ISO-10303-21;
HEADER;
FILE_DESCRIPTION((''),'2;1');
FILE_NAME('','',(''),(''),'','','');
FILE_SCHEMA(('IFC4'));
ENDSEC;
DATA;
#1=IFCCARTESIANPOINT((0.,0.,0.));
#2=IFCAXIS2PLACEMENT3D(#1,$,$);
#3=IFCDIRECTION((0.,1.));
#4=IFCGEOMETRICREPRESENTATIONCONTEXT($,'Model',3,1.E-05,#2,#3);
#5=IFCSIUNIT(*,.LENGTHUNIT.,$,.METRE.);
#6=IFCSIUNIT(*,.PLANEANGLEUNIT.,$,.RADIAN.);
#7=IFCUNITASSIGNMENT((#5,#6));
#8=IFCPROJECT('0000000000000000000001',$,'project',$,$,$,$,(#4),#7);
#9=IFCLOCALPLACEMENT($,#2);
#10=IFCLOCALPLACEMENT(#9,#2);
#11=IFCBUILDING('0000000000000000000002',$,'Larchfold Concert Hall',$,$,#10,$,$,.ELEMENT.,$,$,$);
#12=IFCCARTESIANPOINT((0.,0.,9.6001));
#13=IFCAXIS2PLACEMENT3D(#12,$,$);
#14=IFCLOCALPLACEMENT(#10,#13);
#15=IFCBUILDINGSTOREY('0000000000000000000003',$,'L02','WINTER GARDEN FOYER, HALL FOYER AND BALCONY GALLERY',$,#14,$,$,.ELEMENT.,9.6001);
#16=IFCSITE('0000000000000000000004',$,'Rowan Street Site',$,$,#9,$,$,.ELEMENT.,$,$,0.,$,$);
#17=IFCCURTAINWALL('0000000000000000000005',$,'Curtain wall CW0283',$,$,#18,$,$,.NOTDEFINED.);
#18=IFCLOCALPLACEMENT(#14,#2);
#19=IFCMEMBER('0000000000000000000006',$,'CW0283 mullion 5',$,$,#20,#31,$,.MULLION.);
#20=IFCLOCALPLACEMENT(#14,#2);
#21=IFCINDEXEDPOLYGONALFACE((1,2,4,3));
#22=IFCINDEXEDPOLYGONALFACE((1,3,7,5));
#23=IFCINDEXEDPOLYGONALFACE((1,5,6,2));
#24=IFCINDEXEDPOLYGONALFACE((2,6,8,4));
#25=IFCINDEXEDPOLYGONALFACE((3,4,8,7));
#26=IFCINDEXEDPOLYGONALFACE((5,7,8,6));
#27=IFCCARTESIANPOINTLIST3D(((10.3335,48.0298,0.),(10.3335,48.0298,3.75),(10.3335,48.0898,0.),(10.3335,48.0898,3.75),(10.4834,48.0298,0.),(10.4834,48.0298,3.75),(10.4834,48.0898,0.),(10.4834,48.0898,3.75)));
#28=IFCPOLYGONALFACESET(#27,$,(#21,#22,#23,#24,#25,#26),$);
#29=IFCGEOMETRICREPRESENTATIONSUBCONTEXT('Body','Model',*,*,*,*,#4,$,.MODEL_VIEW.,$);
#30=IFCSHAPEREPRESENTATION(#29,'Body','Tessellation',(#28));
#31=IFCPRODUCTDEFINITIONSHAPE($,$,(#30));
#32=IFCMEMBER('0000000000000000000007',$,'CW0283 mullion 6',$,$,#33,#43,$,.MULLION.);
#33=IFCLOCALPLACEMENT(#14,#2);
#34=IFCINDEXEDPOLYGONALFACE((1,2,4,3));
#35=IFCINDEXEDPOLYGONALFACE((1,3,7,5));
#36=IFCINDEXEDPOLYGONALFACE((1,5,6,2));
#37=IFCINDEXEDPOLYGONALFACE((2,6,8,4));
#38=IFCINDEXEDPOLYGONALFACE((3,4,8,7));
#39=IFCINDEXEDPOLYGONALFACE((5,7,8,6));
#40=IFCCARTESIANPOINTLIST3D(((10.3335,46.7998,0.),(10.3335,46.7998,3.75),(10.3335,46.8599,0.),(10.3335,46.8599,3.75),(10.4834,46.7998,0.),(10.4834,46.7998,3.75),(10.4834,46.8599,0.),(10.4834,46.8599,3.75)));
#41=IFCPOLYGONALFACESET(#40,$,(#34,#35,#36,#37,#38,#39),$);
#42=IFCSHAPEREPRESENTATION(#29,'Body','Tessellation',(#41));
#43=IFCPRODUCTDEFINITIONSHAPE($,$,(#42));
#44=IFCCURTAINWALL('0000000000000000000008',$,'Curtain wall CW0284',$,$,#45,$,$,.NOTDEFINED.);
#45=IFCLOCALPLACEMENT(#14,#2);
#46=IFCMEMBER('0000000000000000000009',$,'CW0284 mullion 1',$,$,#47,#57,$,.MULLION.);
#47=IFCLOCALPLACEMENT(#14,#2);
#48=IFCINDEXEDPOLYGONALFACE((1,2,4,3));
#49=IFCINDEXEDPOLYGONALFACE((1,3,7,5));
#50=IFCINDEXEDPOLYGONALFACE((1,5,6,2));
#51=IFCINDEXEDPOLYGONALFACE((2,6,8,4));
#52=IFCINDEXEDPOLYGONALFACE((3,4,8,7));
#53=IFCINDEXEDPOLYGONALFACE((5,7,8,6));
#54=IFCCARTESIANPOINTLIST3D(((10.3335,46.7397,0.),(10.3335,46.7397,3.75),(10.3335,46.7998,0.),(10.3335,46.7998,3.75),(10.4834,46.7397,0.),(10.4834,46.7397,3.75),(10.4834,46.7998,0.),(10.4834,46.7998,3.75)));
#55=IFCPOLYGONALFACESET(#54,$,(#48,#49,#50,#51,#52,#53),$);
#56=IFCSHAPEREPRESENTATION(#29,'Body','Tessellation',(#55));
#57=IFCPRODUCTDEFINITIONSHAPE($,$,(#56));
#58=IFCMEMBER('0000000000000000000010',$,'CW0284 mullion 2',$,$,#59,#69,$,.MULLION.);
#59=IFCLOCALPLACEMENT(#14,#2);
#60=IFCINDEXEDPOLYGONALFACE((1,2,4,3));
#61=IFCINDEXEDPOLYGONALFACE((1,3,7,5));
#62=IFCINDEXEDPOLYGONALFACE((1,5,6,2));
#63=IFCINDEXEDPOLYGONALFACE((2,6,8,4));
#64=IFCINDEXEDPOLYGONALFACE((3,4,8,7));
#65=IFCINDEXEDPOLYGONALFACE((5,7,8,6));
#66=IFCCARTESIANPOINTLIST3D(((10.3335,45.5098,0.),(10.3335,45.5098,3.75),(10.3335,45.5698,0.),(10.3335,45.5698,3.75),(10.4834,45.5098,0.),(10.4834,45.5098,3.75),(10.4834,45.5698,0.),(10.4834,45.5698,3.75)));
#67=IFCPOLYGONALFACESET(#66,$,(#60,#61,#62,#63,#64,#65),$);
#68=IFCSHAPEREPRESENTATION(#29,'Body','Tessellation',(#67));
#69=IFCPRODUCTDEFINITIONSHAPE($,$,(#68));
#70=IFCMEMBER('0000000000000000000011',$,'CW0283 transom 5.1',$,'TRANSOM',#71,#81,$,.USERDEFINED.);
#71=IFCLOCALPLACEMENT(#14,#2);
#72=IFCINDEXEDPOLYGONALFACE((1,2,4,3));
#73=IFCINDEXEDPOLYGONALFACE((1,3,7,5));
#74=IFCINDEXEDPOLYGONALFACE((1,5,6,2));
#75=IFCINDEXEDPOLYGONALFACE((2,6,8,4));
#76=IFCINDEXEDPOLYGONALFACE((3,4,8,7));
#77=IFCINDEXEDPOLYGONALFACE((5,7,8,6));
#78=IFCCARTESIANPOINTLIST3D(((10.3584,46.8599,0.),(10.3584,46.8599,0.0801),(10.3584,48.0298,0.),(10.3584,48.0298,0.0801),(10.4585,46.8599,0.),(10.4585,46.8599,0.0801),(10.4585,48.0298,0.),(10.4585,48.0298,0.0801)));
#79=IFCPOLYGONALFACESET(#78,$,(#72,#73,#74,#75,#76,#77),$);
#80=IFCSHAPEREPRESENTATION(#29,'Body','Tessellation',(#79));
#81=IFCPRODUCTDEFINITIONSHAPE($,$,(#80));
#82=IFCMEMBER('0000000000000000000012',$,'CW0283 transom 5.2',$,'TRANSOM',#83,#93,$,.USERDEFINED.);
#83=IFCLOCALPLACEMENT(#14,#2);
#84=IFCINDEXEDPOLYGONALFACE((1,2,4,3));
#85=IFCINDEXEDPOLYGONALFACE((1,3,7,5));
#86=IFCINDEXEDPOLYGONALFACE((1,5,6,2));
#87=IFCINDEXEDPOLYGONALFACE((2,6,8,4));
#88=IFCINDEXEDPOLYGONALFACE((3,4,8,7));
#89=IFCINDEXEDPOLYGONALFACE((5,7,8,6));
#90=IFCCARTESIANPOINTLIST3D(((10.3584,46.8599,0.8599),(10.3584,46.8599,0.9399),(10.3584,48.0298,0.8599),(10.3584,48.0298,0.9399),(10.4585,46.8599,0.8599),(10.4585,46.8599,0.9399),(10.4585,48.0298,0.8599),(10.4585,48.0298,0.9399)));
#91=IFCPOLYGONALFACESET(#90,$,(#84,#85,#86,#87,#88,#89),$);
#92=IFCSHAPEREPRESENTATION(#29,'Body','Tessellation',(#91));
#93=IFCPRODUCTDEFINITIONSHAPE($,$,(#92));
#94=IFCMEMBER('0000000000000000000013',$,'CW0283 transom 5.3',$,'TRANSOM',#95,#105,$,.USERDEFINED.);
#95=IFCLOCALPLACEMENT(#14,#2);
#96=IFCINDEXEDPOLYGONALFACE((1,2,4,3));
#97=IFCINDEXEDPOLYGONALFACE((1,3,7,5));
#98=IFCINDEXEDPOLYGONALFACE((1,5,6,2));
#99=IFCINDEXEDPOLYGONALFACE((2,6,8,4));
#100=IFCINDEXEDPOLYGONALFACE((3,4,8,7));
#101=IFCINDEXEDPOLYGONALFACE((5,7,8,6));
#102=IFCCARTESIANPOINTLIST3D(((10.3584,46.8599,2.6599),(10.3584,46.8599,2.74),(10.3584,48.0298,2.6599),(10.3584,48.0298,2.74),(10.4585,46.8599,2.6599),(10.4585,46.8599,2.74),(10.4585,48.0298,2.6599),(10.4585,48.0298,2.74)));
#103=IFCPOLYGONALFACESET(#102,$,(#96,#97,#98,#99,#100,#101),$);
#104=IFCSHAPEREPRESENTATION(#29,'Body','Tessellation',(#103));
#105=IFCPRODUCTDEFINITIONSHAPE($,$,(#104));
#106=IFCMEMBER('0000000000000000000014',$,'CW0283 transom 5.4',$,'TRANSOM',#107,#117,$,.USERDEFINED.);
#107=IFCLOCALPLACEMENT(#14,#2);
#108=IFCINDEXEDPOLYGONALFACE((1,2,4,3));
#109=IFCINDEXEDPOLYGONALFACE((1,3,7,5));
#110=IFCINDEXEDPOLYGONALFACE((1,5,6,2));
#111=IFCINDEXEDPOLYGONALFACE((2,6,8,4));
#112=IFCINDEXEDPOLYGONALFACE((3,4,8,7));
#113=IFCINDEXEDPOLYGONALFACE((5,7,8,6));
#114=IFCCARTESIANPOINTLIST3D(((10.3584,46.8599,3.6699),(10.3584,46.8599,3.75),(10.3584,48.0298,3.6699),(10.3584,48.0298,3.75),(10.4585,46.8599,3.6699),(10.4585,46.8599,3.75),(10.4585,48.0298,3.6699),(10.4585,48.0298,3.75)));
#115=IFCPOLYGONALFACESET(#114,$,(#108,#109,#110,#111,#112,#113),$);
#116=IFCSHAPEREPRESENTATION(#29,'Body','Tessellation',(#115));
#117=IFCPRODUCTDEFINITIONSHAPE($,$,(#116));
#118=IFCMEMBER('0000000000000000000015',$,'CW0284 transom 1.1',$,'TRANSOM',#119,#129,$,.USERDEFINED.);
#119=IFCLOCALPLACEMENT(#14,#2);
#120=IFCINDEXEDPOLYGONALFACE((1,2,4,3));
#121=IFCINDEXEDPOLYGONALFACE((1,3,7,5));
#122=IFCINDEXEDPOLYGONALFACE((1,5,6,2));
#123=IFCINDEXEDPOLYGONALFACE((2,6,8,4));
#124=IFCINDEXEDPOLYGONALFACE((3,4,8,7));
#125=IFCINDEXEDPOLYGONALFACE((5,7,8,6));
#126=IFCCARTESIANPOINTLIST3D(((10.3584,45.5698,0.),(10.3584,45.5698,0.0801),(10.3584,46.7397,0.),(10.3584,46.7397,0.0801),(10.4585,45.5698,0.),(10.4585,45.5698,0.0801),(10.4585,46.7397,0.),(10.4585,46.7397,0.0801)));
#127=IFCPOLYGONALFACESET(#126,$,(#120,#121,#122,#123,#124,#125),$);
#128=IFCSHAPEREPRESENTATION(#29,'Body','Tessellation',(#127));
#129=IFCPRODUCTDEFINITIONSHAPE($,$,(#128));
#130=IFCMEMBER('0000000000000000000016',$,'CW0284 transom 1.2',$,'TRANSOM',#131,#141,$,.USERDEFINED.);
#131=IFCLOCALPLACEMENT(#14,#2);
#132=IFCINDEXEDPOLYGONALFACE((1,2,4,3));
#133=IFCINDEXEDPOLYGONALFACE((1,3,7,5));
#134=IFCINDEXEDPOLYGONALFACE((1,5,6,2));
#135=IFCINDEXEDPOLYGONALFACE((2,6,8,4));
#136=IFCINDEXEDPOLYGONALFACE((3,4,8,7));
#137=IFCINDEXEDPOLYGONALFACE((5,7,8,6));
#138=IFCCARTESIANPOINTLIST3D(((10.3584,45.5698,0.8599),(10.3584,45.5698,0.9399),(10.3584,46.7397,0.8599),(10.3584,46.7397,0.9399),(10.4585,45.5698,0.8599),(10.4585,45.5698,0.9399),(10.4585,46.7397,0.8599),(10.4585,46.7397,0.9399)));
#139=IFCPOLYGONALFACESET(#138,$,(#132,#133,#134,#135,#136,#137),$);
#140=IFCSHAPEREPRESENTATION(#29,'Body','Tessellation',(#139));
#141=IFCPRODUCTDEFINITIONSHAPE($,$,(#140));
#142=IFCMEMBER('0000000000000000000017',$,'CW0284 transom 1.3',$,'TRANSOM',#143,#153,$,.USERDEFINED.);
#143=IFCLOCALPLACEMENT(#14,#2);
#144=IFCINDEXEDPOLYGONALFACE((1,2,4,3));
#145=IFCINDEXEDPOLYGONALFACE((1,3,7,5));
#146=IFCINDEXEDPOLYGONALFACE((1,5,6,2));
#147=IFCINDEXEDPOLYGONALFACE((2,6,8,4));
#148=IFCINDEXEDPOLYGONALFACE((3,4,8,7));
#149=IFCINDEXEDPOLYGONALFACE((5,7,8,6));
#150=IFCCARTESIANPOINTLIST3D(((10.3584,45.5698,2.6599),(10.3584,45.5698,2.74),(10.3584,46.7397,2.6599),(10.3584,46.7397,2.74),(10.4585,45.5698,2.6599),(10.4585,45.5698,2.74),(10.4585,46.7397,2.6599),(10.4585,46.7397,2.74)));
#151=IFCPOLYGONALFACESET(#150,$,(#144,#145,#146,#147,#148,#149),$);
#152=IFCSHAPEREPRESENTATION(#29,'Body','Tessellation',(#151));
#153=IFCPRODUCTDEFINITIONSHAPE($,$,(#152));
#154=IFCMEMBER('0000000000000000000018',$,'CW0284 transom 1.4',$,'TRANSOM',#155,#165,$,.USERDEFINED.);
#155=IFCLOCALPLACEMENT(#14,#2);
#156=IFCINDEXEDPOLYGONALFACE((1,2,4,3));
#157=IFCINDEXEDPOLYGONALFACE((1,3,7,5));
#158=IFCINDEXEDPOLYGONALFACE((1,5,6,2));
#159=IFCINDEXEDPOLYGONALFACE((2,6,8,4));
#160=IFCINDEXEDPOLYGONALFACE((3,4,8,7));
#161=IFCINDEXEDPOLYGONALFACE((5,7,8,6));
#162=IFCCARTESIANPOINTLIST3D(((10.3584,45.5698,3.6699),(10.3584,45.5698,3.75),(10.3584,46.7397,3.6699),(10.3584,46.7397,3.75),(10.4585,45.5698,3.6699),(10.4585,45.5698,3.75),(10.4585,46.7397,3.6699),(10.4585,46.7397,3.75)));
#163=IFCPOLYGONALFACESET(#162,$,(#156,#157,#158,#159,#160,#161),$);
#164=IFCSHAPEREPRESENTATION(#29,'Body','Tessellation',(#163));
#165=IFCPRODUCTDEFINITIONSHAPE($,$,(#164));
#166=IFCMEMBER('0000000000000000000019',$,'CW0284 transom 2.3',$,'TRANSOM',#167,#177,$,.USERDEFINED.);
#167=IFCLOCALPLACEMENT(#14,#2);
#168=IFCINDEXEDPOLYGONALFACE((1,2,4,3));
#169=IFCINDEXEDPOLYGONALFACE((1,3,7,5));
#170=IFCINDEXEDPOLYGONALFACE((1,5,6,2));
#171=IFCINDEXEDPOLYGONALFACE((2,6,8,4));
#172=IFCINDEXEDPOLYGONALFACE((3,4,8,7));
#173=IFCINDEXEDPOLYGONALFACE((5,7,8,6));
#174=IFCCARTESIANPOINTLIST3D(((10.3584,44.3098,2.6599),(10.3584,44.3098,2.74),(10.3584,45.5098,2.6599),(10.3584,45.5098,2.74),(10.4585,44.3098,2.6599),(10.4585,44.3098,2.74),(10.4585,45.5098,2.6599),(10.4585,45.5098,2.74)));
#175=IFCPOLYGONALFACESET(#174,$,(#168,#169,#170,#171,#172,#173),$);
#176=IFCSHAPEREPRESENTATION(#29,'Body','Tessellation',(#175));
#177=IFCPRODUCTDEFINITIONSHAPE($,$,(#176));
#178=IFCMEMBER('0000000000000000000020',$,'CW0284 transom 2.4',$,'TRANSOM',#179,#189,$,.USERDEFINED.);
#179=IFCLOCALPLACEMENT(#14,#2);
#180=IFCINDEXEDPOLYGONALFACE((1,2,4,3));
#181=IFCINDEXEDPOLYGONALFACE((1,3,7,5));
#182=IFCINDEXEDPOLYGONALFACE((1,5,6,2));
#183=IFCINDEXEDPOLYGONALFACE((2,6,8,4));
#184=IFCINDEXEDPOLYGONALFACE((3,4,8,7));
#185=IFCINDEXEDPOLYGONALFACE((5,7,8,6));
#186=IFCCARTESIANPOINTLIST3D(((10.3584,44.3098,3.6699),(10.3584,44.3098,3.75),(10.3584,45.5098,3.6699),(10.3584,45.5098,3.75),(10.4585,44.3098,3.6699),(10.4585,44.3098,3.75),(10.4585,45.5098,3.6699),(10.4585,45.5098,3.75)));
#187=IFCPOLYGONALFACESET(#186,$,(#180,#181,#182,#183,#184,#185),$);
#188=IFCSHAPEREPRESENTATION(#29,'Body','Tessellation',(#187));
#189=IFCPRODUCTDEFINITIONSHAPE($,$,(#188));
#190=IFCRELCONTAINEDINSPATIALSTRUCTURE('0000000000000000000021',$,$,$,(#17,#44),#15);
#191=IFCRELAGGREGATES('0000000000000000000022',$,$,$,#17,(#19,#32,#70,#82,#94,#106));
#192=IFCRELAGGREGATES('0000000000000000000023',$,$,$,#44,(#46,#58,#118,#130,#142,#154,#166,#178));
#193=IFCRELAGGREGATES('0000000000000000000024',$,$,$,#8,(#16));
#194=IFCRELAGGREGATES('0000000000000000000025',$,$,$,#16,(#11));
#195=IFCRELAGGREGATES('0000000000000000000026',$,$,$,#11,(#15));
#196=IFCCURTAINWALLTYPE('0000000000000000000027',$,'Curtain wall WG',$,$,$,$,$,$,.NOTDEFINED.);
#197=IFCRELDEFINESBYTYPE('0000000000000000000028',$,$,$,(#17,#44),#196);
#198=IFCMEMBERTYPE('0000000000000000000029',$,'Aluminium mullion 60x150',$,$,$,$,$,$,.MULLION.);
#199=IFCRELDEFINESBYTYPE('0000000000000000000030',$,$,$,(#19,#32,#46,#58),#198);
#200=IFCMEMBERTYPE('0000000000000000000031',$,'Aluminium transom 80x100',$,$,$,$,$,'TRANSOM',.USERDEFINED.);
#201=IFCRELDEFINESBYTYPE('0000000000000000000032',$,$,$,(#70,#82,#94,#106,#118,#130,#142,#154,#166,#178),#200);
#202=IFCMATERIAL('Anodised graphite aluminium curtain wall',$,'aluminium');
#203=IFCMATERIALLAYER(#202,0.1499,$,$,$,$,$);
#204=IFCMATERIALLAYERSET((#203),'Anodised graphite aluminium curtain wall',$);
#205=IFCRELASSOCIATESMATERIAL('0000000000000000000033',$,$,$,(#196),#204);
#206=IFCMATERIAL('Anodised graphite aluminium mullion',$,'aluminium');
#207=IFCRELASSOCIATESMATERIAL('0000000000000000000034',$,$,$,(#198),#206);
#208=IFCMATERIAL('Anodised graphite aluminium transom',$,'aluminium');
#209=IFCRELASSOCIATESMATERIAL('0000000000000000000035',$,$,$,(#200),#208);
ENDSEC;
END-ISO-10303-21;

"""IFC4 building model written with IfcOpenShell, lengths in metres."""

from ifc_helpers import new_model, si_unit, direction, frame, origin, origin_2d, place, context, subcontext, project, spatial, rectangle, extrude, material, layer, layer_set, material_profile, profile_set, type_object, element, aggregate, save


model = new_model("IFC4")

# Units and contexts
model_context = context("Model", 3, precision=1e-05, world=origin(), true_north=direction((0.0, 1.0)))
body_context = subcontext(model_context, "Body", "Model", "MODEL_VIEW")
ifc_project = project(units=[si_unit("LENGTHUNIT", "METRE"), si_unit("PLANEANGLEUNIT", "RADIAN")], contexts=[model_context])

# Site, building, storey
site_placement = place(None, origin())
site = spatial("IfcSite", under=ifc_project, at=site_placement, Name="Rowan Street Site", CompositionType="ELEMENT", RefElevation=0.0)
building_placement = place(site_placement, origin())
building = spatial("IfcBuilding", under=site, at=building_placement, Name="Larchfold Concert Hall", CompositionType="ELEMENT")
storey_placement = place(building_placement, frame((0.0, 0.0, 9.6001)))
storey = spatial("IfcBuildingStorey", under=building, at=storey_placement, Name="L02", Description="WINTER GARDEN FOYER, HALL FOYER AND BALCONY GALLERY", CompositionType="ELEMENT", Elevation=9.6001)

# Curtain walls, members
ifc_material_1 = material(Name="Anodised graphite aluminium curtain wall", Category="aluminium")
ifc_layer_1 = layer(ifc_material_1, 0.1499)
ifc_layer_set_1 = layer_set([ifc_layer_1], Name="Anodised graphite aluminium curtain wall")
curtain_wall_type = type_object("IfcCurtainWallType", Name="Curtain wall WG", PredefinedType="NOTDEFINED", material=ifc_layer_set_1)
curtain_wall_1_placement = place(storey_placement, origin())
curtain_wall_1 = element("IfcCurtainWall", 1, at=curtain_wall_1_placement, inside=storey, type_object=curtain_wall_type, Name="Curtain wall CW0283", PredefinedType="NOTDEFINED")
ifc_material_2 = material(Name="Anodised graphite aluminium mullion", Category="aluminium")
ifc_material_profile_1 = material_profile(ifc_material_2, rectangle(XDim=0.1499, YDim=0.0601, at=origin_2d()))
ifc_profile_set_1 = profile_set([ifc_material_profile_1], Name="Anodised graphite aluminium mullion")
member_type_1 = type_object("IfcMemberType", Name="Aluminium mullion 60x150", PredefinedType="MULLION", material=ifc_profile_set_1)
member_1_placement = place(storey_placement, frame((10.4084, 48.0598, 0.0), z_axis=(0.0, 0.0, 1.0), x_axis=(1.0, 0.0, 0.0)))
member_1 = element("IfcMember", 2, at=member_1_placement, type_object=member_type_1, Name="CW0283 mullion 5", PredefinedType="MULLION", context=body_context, shape_type="SweptSolid", body=[
    extrude(rectangle(XDim=0.1499, YDim=0.0601, at=origin_2d()), origin(), (0.0, 0.0, 1.0), 3.75),
])
member_2_placement = place(storey_placement, frame((10.4084, 46.8298, 0.0), z_axis=(0.0, 0.0, 1.0), x_axis=(1.0, 0.0, 0.0)))
member_2 = element("IfcMember", 3, at=member_2_placement, type_object=member_type_1, Name="CW0283 mullion 6", PredefinedType="MULLION", context=body_context, shape_type="SweptSolid", body=[
    extrude(rectangle(XDim=0.1499, YDim=0.0601, at=origin_2d()), origin(), (0.0, 0.0, 1.0), 3.75),
])
curtain_wall_2_placement = place(storey_placement, origin())
curtain_wall_2 = element("IfcCurtainWall", 4, at=curtain_wall_2_placement, inside=storey, type_object=curtain_wall_type, Name="Curtain wall CW0284", PredefinedType="NOTDEFINED")
member_3_placement = place(storey_placement, frame((10.4084, 46.7698, 0.0), z_axis=(0.0, 0.0, 1.0), x_axis=(1.0, 0.0, 0.0)))
member_3 = element("IfcMember", 5, at=member_3_placement, type_object=member_type_1, Name="CW0284 mullion 1", PredefinedType="MULLION", context=body_context, shape_type="SweptSolid", body=[
    extrude(rectangle(XDim=0.1499, YDim=0.0601, at=origin_2d()), origin(), (0.0, 0.0, 1.0), 3.75),
])
member_4_placement = place(storey_placement, frame((10.4084, 45.5398, 0.0), z_axis=(0.0, 0.0, 1.0), x_axis=(1.0, 0.0, 0.0)))
member_4 = element("IfcMember", 6, at=member_4_placement, type_object=member_type_1, Name="CW0284 mullion 2", PredefinedType="MULLION", context=body_context, shape_type="SweptSolid", body=[
    extrude(rectangle(XDim=0.1499, YDim=0.0601, at=origin_2d()), origin(), (0.0, 0.0, 1.0), 3.75),
])

# Members
ifc_material_3 = material(Name="Anodised graphite aluminium transom", Category="aluminium")
ifc_material_profile_2 = material_profile(ifc_material_3, rectangle(XDim=0.1001, YDim=0.0801, at=origin_2d()))
ifc_profile_set_2 = profile_set([ifc_material_profile_2], Name="Anodised graphite aluminium transom")
member_type_2 = type_object("IfcMemberType", Name="Aluminium transom 80x100", ElementType="TRANSOM", PredefinedType="USERDEFINED", material=ifc_profile_set_2)
member_5_placement = place(storey_placement, frame((10.4084, 48.0298, 0.04), z_axis=(0.0, -1.0, 0.0), x_axis=(1.0, 0.0, 0.0)))
member_5 = element("IfcMember", 7, at=member_5_placement, type_object=member_type_2, Name="CW0283 transom 5.1", ObjectType="TRANSOM", PredefinedType="USERDEFINED", context=body_context, shape_type="SweptSolid", body=[
    extrude(rectangle(XDim=0.1001, YDim=0.0801, at=origin_2d()), origin(), (0.0, 0.0, 1.0), 1.1699),
])
member_6_placement = place(storey_placement, frame((10.4084, 48.0298, 0.8999), z_axis=(0.0, -1.0, 0.0), x_axis=(1.0, 0.0, 0.0)))
member_6 = element("IfcMember", 8, at=member_6_placement, type_object=member_type_2, Name="CW0283 transom 5.2", ObjectType="TRANSOM", PredefinedType="USERDEFINED", context=body_context, shape_type="SweptSolid", body=[
    extrude(rectangle(XDim=0.1001, YDim=0.0801, at=origin_2d()), origin(), (0.0, 0.0, 1.0), 1.1699),
])
member_7_placement = place(storey_placement, frame((10.4084, 48.0298, 2.7), z_axis=(0.0, -1.0, 0.0), x_axis=(1.0, 0.0, 0.0)))
member_7 = element("IfcMember", 9, at=member_7_placement, type_object=member_type_2, Name="CW0283 transom 5.3", ObjectType="TRANSOM", PredefinedType="USERDEFINED", context=body_context, shape_type="SweptSolid", body=[
    extrude(rectangle(XDim=0.1001, YDim=0.0801, at=origin_2d()), origin(), (0.0, 0.0, 1.0), 1.1699),
])
member_8_placement = place(storey_placement, frame((10.4084, 48.0298, 3.71), z_axis=(0.0, -1.0, 0.0), x_axis=(1.0, 0.0, 0.0)))
member_8 = element("IfcMember", 10, at=member_8_placement, type_object=member_type_2, Name="CW0283 transom 5.4", ObjectType="TRANSOM", PredefinedType="USERDEFINED", context=body_context, shape_type="SweptSolid", body=[
    extrude(rectangle(XDim=0.1001, YDim=0.0801, at=origin_2d()), origin(), (0.0, 0.0, 1.0), 1.1699),
])
member_9_placement = place(storey_placement, frame((10.4084, 46.7397, 0.04), z_axis=(0.0, -1.0, 0.0), x_axis=(1.0, 0.0, 0.0)))
member_9 = element("IfcMember", 11, at=member_9_placement, type_object=member_type_2, Name="CW0284 transom 1.1", ObjectType="TRANSOM", PredefinedType="USERDEFINED", context=body_context, shape_type="SweptSolid", body=[
    extrude(rectangle(XDim=0.1001, YDim=0.0801, at=origin_2d()), origin(), (0.0, 0.0, 1.0), 1.1699),
])
member_10_placement = place(storey_placement, frame((10.4084, 46.7397, 0.8999), z_axis=(0.0, -1.0, 0.0), x_axis=(1.0, 0.0, 0.0)))
member_10 = element("IfcMember", 12, at=member_10_placement, type_object=member_type_2, Name="CW0284 transom 1.2", ObjectType="TRANSOM", PredefinedType="USERDEFINED", context=body_context, shape_type="SweptSolid", body=[
    extrude(rectangle(XDim=0.1001, YDim=0.0801, at=origin_2d()), origin(), (0.0, 0.0, 1.0), 1.1699),
])
member_11_placement = place(storey_placement, frame((10.4084, 46.7397, 2.7), z_axis=(0.0, -1.0, 0.0), x_axis=(1.0, 0.0, 0.0)))
member_11 = element("IfcMember", 13, at=member_11_placement, type_object=member_type_2, Name="CW0284 transom 1.3", ObjectType="TRANSOM", PredefinedType="USERDEFINED", context=body_context, shape_type="SweptSolid", body=[
    extrude(rectangle(XDim=0.1001, YDim=0.0801, at=origin_2d()), origin(), (0.0, 0.0, 1.0), 1.1699),
])
member_12_placement = place(storey_placement, frame((10.4084, 46.7397, 3.71), z_axis=(0.0, -1.0, 0.0), x_axis=(1.0, 0.0, 0.0)))
member_12 = element("IfcMember", 14, at=member_12_placement, type_object=member_type_2, Name="CW0284 transom 1.4", ObjectType="TRANSOM", PredefinedType="USERDEFINED", context=body_context, shape_type="SweptSolid", body=[
    extrude(rectangle(XDim=0.1001, YDim=0.0801, at=origin_2d()), origin(), (0.0, 0.0, 1.0), 1.1699),
])
member_13_placement = place(storey_placement, frame((10.4084, 45.5098, 2.7), z_axis=(0.0, -1.0, 0.0), x_axis=(1.0, 0.0, 0.0)))
member_13 = element("IfcMember", 15, at=member_13_placement, type_object=member_type_2, Name="CW0284 transom 2.3", ObjectType="TRANSOM", PredefinedType="USERDEFINED", context=body_context, shape_type="SweptSolid", body=[
    extrude(rectangle(XDim=0.1001, YDim=0.0801, at=origin_2d()), origin(), (0.0, 0.0, 1.0), 1.2),
])
member_14_placement = place(storey_placement, frame((10.4084, 45.5098, 3.71), z_axis=(0.0, -1.0, 0.0), x_axis=(1.0, 0.0, 0.0)))
member_14 = element("IfcMember", 16, at=member_14_placement, type_object=member_type_2, Name="CW0284 transom 2.4", ObjectType="TRANSOM", PredefinedType="USERDEFINED", context=body_context, shape_type="SweptSolid", body=[
    extrude(rectangle(XDim=0.1001, YDim=0.0801, at=origin_2d()), origin(), (0.0, 0.0, 1.0), 1.2),
])

aggregate(curtain_wall_1, [member_1, member_2, member_5, member_6, member_7, member_8])
aggregate(curtain_wall_2, [member_3, member_4, member_9, member_10, member_11, member_12, member_13, member_14])

save(model, "model.ifc")
